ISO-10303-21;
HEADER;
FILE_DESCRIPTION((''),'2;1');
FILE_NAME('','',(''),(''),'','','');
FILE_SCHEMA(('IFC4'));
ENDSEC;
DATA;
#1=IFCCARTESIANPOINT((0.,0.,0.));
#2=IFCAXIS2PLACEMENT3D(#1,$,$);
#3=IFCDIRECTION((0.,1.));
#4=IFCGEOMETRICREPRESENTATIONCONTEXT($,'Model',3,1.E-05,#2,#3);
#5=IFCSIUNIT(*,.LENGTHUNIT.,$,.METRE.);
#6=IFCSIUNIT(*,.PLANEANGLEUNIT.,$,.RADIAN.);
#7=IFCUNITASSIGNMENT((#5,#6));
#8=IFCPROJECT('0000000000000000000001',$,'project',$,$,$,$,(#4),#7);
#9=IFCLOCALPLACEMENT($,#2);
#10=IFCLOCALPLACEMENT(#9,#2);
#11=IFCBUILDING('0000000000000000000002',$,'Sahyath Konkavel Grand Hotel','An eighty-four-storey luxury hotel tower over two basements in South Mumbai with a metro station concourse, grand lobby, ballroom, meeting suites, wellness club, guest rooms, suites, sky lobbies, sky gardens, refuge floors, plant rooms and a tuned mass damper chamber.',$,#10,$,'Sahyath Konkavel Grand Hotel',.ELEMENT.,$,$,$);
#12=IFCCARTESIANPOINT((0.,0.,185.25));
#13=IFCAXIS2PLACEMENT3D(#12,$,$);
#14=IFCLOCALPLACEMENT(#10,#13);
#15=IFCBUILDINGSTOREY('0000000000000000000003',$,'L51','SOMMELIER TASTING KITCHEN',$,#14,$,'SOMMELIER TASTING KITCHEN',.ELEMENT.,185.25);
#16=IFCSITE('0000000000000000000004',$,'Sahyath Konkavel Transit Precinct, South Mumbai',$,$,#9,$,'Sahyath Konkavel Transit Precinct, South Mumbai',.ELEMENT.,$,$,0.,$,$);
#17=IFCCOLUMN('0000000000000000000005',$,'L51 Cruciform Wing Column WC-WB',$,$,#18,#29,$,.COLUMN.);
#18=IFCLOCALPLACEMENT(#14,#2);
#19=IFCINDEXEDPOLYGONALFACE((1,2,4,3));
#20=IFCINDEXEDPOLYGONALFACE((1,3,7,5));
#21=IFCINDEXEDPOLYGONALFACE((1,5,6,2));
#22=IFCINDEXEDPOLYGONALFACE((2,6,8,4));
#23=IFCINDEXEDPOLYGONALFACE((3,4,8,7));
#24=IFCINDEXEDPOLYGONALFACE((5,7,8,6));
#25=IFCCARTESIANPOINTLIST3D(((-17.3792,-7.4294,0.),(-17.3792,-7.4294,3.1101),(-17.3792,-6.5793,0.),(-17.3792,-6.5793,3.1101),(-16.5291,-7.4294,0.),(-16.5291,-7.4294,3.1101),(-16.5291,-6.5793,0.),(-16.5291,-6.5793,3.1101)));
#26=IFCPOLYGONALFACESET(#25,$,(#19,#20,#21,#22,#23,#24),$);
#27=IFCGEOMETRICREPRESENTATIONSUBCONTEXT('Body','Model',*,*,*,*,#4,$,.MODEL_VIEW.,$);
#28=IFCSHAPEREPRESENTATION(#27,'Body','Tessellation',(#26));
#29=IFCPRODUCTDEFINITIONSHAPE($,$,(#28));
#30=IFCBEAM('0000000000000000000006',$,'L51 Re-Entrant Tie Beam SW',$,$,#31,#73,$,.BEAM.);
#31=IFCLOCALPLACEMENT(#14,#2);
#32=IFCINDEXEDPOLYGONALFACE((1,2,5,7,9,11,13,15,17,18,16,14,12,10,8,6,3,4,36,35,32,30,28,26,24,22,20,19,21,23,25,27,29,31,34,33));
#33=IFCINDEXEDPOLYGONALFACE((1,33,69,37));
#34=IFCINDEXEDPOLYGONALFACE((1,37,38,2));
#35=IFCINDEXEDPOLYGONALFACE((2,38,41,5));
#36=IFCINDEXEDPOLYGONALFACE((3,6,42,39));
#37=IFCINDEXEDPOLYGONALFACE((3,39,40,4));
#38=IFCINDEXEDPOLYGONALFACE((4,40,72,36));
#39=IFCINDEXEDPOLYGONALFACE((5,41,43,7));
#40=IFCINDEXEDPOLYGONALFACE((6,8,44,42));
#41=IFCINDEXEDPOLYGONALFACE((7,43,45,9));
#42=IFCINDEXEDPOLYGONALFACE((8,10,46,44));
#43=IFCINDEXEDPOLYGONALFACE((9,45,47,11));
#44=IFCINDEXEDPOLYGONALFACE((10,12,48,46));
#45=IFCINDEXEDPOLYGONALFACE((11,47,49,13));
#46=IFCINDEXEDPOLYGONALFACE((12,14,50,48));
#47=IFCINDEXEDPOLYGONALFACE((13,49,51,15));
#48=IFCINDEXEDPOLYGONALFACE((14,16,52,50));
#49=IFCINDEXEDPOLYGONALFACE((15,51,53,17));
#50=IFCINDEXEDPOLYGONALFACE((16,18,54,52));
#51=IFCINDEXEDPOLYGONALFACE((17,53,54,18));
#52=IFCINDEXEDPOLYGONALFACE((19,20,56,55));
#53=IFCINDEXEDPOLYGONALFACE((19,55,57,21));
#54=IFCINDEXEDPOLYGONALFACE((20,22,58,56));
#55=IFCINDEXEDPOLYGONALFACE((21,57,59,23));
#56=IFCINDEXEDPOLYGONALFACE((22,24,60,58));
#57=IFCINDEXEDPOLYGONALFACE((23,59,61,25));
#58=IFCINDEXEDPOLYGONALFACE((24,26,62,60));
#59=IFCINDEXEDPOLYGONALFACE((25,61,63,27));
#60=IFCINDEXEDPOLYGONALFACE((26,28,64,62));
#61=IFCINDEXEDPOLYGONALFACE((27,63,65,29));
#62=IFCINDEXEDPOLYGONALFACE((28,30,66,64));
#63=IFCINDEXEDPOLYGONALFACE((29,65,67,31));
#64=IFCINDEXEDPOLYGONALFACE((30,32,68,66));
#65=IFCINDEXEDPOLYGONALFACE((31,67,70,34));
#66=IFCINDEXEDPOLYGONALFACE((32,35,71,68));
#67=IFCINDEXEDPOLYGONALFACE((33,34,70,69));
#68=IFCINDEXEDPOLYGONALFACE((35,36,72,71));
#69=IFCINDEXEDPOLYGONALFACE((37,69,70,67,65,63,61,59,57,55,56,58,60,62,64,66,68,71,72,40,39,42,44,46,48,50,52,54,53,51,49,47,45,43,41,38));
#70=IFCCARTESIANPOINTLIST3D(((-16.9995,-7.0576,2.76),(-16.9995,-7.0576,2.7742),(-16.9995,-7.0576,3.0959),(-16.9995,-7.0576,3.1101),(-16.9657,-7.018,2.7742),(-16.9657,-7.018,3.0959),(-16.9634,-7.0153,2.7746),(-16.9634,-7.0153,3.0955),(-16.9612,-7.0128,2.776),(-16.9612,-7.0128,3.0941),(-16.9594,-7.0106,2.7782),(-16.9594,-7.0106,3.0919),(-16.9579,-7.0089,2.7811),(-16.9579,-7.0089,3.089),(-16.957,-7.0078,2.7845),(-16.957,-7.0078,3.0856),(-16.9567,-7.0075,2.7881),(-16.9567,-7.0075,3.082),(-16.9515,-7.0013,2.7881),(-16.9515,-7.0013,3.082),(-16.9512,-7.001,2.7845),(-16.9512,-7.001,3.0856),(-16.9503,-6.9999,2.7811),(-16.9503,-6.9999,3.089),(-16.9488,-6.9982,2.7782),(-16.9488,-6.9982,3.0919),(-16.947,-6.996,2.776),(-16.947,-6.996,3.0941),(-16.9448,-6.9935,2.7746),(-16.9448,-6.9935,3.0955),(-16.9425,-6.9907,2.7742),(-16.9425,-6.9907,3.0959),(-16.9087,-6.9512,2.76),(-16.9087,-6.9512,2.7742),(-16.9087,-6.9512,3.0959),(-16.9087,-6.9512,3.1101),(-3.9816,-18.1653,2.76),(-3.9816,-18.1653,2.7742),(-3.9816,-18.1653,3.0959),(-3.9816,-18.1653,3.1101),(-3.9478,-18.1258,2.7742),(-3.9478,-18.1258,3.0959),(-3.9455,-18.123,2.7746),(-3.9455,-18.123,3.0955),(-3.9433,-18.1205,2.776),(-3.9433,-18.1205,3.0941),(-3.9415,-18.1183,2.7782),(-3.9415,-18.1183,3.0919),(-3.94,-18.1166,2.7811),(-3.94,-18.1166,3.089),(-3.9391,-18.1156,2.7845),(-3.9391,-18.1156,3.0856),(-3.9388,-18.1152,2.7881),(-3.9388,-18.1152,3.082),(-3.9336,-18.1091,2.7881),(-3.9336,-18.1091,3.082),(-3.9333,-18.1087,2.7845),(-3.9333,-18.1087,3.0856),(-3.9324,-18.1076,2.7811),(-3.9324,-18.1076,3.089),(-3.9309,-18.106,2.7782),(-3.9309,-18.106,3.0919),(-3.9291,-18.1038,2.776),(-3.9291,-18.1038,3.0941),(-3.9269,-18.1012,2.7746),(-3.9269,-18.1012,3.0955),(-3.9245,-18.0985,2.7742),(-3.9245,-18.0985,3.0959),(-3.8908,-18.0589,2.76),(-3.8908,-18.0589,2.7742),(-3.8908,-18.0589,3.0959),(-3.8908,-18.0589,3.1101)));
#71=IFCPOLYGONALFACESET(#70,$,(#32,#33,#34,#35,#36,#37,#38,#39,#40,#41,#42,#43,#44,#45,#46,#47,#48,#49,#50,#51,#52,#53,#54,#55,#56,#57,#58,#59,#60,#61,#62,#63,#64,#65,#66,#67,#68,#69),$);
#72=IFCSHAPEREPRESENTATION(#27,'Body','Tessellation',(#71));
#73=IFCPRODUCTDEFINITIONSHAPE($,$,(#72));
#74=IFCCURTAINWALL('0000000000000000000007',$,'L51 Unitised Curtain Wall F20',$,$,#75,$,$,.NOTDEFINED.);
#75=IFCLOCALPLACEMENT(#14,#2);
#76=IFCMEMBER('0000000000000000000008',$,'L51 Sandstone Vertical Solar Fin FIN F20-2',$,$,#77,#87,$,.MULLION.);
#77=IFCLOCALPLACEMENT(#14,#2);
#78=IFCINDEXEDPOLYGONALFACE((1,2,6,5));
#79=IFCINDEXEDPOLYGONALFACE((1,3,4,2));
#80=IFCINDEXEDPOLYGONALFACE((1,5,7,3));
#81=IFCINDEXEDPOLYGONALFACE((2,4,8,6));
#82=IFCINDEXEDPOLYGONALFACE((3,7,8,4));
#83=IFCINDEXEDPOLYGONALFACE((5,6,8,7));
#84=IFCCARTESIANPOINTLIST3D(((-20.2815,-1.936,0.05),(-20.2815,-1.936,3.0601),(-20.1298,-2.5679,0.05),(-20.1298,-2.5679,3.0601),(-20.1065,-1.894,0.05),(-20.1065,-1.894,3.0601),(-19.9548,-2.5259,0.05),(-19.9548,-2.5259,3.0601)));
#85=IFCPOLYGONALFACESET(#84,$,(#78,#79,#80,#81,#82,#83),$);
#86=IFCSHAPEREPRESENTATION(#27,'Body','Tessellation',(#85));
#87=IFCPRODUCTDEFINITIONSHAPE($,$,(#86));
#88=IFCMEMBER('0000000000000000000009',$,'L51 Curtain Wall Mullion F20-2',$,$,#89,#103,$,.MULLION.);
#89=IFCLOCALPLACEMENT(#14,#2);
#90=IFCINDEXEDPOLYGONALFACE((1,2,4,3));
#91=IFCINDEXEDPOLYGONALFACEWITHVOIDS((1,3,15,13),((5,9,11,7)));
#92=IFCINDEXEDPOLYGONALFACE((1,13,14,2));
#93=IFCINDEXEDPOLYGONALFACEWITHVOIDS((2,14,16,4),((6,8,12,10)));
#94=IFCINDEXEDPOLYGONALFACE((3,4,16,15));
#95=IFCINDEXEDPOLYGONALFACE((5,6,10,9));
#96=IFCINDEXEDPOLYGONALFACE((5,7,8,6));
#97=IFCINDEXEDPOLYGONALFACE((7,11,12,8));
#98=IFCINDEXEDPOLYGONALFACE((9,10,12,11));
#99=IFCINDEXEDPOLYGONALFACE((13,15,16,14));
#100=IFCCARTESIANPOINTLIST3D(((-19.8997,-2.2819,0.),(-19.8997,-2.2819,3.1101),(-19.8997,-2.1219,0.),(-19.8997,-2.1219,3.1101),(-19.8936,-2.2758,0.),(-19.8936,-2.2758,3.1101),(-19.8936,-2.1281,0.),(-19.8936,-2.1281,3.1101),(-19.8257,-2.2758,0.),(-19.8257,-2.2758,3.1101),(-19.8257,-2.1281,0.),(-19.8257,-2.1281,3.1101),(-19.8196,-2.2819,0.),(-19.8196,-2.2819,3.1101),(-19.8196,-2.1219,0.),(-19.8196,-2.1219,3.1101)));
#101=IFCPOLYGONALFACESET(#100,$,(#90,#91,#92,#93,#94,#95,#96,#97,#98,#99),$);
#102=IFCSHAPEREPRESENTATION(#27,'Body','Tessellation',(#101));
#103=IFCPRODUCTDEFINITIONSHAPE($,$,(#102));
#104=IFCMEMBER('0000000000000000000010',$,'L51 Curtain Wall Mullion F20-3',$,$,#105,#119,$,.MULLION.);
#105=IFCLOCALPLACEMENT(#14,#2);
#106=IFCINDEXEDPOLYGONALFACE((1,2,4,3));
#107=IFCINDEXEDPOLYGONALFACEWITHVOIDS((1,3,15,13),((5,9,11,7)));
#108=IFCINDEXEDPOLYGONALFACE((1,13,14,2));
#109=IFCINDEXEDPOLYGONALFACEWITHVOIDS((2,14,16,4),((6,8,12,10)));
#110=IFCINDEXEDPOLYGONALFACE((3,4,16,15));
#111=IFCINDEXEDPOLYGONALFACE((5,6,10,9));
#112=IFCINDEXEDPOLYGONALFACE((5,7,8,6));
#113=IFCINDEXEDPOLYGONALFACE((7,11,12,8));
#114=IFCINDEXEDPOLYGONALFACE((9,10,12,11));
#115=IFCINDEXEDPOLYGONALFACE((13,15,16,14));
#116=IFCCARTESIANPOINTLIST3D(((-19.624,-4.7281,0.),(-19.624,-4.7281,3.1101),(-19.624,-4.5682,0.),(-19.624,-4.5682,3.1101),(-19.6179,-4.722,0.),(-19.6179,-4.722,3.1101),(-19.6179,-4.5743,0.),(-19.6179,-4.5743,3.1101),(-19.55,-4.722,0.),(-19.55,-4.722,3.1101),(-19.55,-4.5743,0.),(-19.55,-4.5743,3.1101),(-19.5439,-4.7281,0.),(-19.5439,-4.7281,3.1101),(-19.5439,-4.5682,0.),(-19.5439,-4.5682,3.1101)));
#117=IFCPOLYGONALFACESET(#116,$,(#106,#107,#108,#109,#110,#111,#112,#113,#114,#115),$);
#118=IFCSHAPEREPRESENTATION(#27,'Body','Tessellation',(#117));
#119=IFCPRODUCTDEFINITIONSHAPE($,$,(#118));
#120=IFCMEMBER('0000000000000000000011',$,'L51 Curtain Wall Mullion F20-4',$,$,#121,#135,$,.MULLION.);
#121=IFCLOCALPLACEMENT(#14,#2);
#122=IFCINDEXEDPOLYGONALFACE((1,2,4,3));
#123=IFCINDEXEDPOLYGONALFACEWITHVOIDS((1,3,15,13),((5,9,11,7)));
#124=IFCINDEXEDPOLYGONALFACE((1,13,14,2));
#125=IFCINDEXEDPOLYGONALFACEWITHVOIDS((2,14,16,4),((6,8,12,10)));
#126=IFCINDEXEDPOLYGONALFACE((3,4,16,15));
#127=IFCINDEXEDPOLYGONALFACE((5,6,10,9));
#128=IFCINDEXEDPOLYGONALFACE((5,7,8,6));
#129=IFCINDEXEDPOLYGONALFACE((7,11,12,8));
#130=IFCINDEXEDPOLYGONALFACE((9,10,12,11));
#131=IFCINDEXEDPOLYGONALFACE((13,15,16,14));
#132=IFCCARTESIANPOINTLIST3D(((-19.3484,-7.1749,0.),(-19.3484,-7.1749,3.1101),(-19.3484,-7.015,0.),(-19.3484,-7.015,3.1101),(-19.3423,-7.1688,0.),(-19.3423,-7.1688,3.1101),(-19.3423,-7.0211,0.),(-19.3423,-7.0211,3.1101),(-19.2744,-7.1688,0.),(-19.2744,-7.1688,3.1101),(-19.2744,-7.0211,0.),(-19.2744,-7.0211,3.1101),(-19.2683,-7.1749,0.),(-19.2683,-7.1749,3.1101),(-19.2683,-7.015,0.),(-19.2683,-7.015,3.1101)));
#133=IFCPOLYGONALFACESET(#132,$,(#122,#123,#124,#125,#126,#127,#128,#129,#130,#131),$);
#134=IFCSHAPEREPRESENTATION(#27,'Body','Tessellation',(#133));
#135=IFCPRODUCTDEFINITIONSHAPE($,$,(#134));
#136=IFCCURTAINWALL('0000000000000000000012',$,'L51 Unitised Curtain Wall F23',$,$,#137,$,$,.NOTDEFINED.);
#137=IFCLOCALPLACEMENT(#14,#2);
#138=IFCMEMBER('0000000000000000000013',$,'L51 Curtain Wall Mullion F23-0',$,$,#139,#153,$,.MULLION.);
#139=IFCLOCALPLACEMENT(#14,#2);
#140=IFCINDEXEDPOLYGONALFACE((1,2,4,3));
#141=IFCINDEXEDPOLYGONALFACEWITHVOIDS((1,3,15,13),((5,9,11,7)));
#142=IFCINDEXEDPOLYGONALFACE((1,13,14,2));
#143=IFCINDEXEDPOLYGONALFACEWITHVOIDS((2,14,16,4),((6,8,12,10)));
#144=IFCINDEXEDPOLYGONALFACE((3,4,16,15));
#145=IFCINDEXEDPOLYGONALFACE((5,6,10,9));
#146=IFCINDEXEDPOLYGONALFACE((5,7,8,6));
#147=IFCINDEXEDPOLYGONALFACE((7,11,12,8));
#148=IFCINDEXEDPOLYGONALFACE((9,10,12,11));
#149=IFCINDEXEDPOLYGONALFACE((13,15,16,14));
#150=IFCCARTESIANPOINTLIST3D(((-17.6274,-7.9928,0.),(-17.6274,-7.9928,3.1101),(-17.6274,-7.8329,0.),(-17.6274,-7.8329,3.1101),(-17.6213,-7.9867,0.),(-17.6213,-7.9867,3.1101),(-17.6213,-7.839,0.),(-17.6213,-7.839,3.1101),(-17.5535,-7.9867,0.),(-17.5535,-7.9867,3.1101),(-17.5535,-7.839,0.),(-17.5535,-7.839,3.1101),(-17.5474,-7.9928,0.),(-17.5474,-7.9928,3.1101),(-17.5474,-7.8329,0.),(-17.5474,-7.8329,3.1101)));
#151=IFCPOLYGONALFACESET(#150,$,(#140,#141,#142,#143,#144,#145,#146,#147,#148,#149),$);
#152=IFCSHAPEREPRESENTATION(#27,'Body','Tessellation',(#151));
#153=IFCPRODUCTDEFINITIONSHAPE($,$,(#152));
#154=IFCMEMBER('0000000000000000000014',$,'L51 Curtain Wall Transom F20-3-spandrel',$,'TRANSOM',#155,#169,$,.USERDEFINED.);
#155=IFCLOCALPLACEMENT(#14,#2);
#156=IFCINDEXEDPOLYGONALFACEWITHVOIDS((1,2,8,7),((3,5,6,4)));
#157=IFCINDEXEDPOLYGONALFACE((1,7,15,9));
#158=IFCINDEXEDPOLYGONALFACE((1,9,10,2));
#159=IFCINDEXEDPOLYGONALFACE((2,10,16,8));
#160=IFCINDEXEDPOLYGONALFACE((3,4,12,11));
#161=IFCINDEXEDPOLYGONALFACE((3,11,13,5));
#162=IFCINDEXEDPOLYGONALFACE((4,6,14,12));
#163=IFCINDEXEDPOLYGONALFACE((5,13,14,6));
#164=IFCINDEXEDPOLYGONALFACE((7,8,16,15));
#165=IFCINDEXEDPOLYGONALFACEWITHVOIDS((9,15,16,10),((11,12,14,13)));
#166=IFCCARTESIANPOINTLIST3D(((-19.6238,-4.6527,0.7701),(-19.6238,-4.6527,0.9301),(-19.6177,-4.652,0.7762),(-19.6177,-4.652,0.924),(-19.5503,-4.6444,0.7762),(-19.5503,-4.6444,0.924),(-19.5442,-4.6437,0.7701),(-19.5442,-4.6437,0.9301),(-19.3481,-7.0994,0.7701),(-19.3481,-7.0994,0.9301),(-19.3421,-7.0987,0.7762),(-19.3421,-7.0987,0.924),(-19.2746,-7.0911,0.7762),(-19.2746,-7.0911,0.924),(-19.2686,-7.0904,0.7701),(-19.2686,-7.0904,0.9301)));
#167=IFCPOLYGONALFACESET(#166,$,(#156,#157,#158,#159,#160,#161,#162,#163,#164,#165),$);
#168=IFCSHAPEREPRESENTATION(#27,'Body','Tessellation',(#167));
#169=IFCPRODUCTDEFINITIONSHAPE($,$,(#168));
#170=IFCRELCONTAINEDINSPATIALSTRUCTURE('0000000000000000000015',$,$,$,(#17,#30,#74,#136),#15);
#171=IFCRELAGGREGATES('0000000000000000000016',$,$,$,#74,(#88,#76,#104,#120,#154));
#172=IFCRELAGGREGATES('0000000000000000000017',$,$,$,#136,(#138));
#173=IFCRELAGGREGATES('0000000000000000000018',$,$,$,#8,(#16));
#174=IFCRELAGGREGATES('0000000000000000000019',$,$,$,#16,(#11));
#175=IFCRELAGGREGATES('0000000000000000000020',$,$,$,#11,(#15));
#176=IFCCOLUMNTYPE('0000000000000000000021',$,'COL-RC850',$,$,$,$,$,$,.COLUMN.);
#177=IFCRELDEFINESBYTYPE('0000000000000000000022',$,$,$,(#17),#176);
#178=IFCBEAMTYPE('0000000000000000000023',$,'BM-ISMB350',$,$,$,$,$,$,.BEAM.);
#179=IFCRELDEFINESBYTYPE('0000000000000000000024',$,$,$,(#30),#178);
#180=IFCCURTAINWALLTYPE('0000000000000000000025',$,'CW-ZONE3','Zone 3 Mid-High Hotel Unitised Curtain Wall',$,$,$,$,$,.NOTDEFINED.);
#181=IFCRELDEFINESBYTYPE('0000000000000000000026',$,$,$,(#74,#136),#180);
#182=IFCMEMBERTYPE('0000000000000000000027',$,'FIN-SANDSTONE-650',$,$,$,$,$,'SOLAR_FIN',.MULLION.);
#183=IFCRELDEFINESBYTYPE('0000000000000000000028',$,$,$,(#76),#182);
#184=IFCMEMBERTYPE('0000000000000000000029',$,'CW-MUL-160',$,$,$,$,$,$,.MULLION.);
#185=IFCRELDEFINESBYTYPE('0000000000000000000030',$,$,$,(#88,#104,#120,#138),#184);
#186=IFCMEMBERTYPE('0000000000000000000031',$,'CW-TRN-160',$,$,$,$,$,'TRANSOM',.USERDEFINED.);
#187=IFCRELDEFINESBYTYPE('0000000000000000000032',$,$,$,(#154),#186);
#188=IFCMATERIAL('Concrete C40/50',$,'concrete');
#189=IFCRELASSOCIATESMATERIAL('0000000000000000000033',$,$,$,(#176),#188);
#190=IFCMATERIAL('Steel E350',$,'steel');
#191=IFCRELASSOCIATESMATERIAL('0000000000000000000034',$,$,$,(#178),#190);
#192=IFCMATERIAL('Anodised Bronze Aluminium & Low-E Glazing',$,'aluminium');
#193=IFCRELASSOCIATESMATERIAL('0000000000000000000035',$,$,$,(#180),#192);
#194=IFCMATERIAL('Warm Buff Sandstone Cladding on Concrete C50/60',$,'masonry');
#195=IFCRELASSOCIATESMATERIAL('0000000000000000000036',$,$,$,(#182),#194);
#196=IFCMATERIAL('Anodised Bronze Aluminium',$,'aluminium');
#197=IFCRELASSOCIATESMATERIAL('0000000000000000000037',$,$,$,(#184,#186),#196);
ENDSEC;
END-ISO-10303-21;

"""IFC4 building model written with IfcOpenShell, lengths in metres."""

from ifc_helpers import new_model, si_unit, direction, frame, origin, origin_2d, place, context, subcontext, project, spatial, rectangle, hollow_rectangle, i_section, extrude, source, transform, mapped, material, material_profile, profile_set, type_object, element, aggregate, save


model = new_model("IFC4")

# Units and contexts
model_context = context("Model", 3, precision=1e-05, world=origin(), true_north=direction((0.0, 1.0)))
body_context = subcontext(model_context, "Body", "Model", "MODEL_VIEW")
ifc_project = project(units=[si_unit("LENGTHUNIT", "METRE"), si_unit("PLANEANGLEUNIT", "RADIAN")], contexts=[model_context])

# Site, building, storey
site_placement = place(None, origin())
site = spatial("IfcSite", under=ifc_project, at=site_placement, Name="Sahyath Konkavel Transit Precinct, South Mumbai", LongName="Sahyath Konkavel Transit Precinct, South Mumbai", CompositionType="ELEMENT", RefElevation=0.0)
building_placement = place(site_placement, origin())
building = spatial("IfcBuilding", under=site, at=building_placement, Name="Sahyath Konkavel Grand Hotel", Description="An eighty-four-storey luxury hotel tower over two basements in South Mumbai with a metro station concourse, grand lobby, ballroom, meeting suites, wellness club, guest rooms, suites, sky lobbies, sky gardens, refuge floors, plant rooms and a tuned mass damper chamber.", LongName="Sahyath Konkavel Grand Hotel", CompositionType="ELEMENT")
storey_placement = place(building_placement, frame((0.0, 0.0, 185.25)))
storey = spatial("IfcBuildingStorey", under=building, at=storey_placement, Name="L51", Description="SOMMELIER TASTING KITCHEN", LongName="SOMMELIER TASTING KITCHEN", CompositionType="ELEMENT", Elevation=185.25)

# Column
ifc_material_1 = material(Name="Concrete C40/50", Category="concrete")
ifc_material_profile_1 = material_profile(ifc_material_1, rectangle(XDim=0.8501, YDim=0.8501, at=origin_2d()), Name="RC 850x850")
ifc_profile_set_1 = profile_set([ifc_material_profile_1], Name="Concrete C40/50")
column_type = type_object("IfcColumnType", Name="COL-RC850", PredefinedType="COLUMN", material=ifc_profile_set_1)
shared_shape_1 = source(origin(), body_context, "Body", "SweptSolid", [
    extrude(rectangle(XDim=0.8501, YDim=0.8501, at=origin_2d()), origin(), (0.0, 0.0, 1.0), 3.1101),
])
column_placement = place(storey_placement, frame((-16.9541, -7.0044, 0.0), z_axis=(0.0, 0.0, 1.0), x_axis=(1.0, 0.0, 0.0)))
element("IfcColumn", 1, at=column_placement, inside=storey, type_object=column_type, Name="L51 Cruciform Wing Column WC-WB", PredefinedType="COLUMN", context=body_context, shape_type="MappedRepresentation", body=[
    mapped(shared_shape_1, transform((0.0, 0.0, 0.0), scale=1.0)),
])

# Beam
ifc_material_2 = material(Name="Steel E350", Category="steel")
ifc_material_profile_2 = material_profile(ifc_material_2, i_section(OverallWidth=0.1399, OverallDepth=0.3501, WebThickness=0.0081, FlangeThickness=0.0142, FilletRadius=0.0139, at=origin_2d()), Name="ISMB 350")
ifc_profile_set_2 = profile_set([ifc_material_profile_2], Name="Steel E350")
beam_type = type_object("IfcBeamType", Name="BM-ISMB350", PredefinedType="BEAM", material=ifc_profile_set_2)
shared_shape_2 = source(origin(), body_context, "Body", "SweptSolid", [
    extrude(i_section(OverallWidth=0.1399, OverallDepth=0.3501, WebThickness=0.0081, FlangeThickness=0.0142, FilletRadius=0.0139, at=origin_2d()), origin(), (0.0, 0.0, 1.0), 17.1128),
])
beam_placement = place(storey_placement, frame((-16.9541, -7.0044, 2.9351), z_axis=(0.760712, -0.64909, 0.0), x_axis=(0.64909, 0.760712, 0.0)))
element("IfcBeam", 2, at=beam_placement, inside=storey, type_object=beam_type, Name="L51 Re-Entrant Tie Beam SW", PredefinedType="BEAM", context=body_context, shape_type="MappedRepresentation", body=[
    mapped(shared_shape_2, transform((0.0, 0.0, 0.0), scale=1.0)),
])

# Curtain wall, members
ifc_material_3 = material(Name="Anodised Bronze Aluminium & Low-E Glazing", Category="aluminium")
curtain_wall_type = type_object("IfcCurtainWallType", Name="CW-ZONE3", Description="Zone 3 Mid-High Hotel Unitised Curtain Wall", PredefinedType="NOTDEFINED", material=ifc_material_3)
curtain_wall_1_placement = place(storey_placement, origin())
curtain_wall_1 = element("IfcCurtainWall", 3, at=curtain_wall_1_placement, inside=storey, type_object=curtain_wall_type, Name="L51 Unitised Curtain Wall F20", PredefinedType="NOTDEFINED")
ifc_material_4 = material(Name="Warm Buff Sandstone Cladding on Concrete C50/60", Category="masonry")
ifc_material_profile_3 = material_profile(ifc_material_4, rectangle(XDim=0.1799, YDim=0.6499, at=origin_2d()), Name="FIN 180x650")
ifc_profile_set_3 = profile_set([ifc_material_profile_3], Name="Warm Buff Sandstone Cladding on Concrete C50/60")
member_type_1 = type_object("IfcMemberType", Name="FIN-SANDSTONE-650", ElementType="SOLAR_FIN", PredefinedType="MULLION", material=ifc_profile_set_3)
shared_shape_3 = source(origin(), body_context, "Body", "SweptSolid", [
    extrude(rectangle(XDim=0.1799, YDim=0.6499, at=origin_2d()), origin(), (0.0, 0.0, 1.0), 3.01),
])
member_1_placement = place(storey_placement, frame((-20.1182, -2.231, 0.05), z_axis=(0.0, 0.0, 1.0), x_axis=(0.97237, 0.233445, 0.0)))
member_1 = element("IfcMember", 4, at=member_1_placement, type_object=member_type_1, Name="L51 Sandstone Vertical Solar Fin FIN F20-2", PredefinedType="MULLION", context=body_context, shape_type="MappedRepresentation", body=[
    mapped(shared_shape_3, transform((0.0, 0.0, 0.0), scale=1.0)),
])
ifc_material_5 = material(Name="Anodised Bronze Aluminium", Category="aluminium")
ifc_material_profile_4 = material_profile(ifc_material_5, hollow_rectangle(XDim=0.0801, YDim=0.1599, WallThickness=0.0061, at=origin_2d()), Name="RHS 160x80x6")
ifc_profile_set_4 = profile_set([ifc_material_profile_4], Name="Anodised Bronze Aluminium")
member_type_2 = type_object("IfcMemberType", Name="CW-MUL-160", PredefinedType="MULLION", material=ifc_profile_set_4)
shared_shape_4 = source(origin(), body_context, "Body", "SweptSolid", [
    extrude(hollow_rectangle(XDim=0.0801, YDim=0.1599, WallThickness=0.0061, at=origin_2d()), origin(), (0.0, 0.0, 1.0), 3.1101),
])
member_2_placement = place(storey_placement, frame((-19.8596, -2.2019, 0.0), z_axis=(0.0, 0.0, 1.0), x_axis=(1.0, 0.0, 0.0)))
member_2 = element("IfcMember", 5, at=member_2_placement, type_object=member_type_2, Name="L51 Curtain Wall Mullion F20-2", PredefinedType="MULLION", context=body_context, shape_type="MappedRepresentation", body=[
    mapped(shared_shape_4, transform((0.0, 0.0, 0.0), scale=1.0)),
])
member_3_placement = place(storey_placement, frame((-19.584, -4.6482, 0.0), z_axis=(0.0, 0.0, 1.0), x_axis=(1.0, 0.0, 0.0)))
member_3 = element("IfcMember", 6, at=member_3_placement, type_object=member_type_2, Name="L51 Curtain Wall Mullion F20-3", PredefinedType="MULLION", context=body_context, shape_type="MappedRepresentation", body=[
    mapped(shared_shape_4, transform((0.0, 0.0, 0.0), scale=1.0)),
])
member_4_placement = place(storey_placement, frame((-19.3083, -7.095, 0.0), z_axis=(0.0, 0.0, 1.0), x_axis=(1.0, 0.0, 0.0)))
member_4 = element("IfcMember", 7, at=member_4_placement, type_object=member_type_2, Name="L51 Curtain Wall Mullion F20-4", PredefinedType="MULLION", context=body_context, shape_type="MappedRepresentation", body=[
    mapped(shared_shape_4, transform((0.0, 0.0, 0.0), scale=1.0)),
])

# Curtain wall, member
curtain_wall_2_placement = place(storey_placement, origin())
curtain_wall_2 = element("IfcCurtainWall", 8, at=curtain_wall_2_placement, inside=storey, type_object=curtain_wall_type, Name="L51 Unitised Curtain Wall F23", PredefinedType="NOTDEFINED")
member_5_placement = place(storey_placement, frame((-17.5874, -7.9128, 0.0), z_axis=(0.0, 0.0, 1.0), x_axis=(1.0, 0.0, 0.0)))
member_5 = element("IfcMember", 9, at=member_5_placement, type_object=member_type_2, Name="L51 Curtain Wall Mullion F23-0", PredefinedType="MULLION", context=body_context, shape_type="MappedRepresentation", body=[
    mapped(shared_shape_4, transform((0.0, 0.0, 0.0), scale=1.0)),
])

# Member
ifc_material_profile_5 = material_profile(ifc_material_5, hollow_rectangle(XDim=0.0801, YDim=0.1599, WallThickness=0.0061, at=origin_2d()), Name="RHS 160x80x6")
ifc_profile_set_5 = profile_set([ifc_material_profile_5], Name="Anodised Bronze Aluminium")
member_type_3 = type_object("IfcMemberType", Name="CW-TRN-160", ElementType="TRANSOM", PredefinedType="USERDEFINED", material=ifc_profile_set_5)
shared_shape_5 = source(origin(), body_context, "Body", "SweptSolid", [
    extrude(hollow_rectangle(XDim=0.0801, YDim=0.1599, WallThickness=0.0061, at=origin_2d()), origin(), (0.0, 0.0, 1.0), 2.4622),
])
member_6_placement = place(storey_placement, frame((-19.584, -4.6482, 0.8501), z_axis=(0.111944, -0.993715, 0.0), x_axis=(0.993715, 0.111944, 0.0)))
member_6 = element("IfcMember", 10, at=member_6_placement, type_object=member_type_3, Name="L51 Curtain Wall Transom F20-3-spandrel", ObjectType="TRANSOM", PredefinedType="USERDEFINED", context=body_context, shape_type="MappedRepresentation", body=[
    mapped(shared_shape_5, transform((0.0, 0.0, 0.0), scale=1.0)),
])

aggregate(curtain_wall_1, [member_2, member_1, member_3, member_4, member_6])
aggregate(curtain_wall_2, [member_5])

save(model, "model.ifc")
